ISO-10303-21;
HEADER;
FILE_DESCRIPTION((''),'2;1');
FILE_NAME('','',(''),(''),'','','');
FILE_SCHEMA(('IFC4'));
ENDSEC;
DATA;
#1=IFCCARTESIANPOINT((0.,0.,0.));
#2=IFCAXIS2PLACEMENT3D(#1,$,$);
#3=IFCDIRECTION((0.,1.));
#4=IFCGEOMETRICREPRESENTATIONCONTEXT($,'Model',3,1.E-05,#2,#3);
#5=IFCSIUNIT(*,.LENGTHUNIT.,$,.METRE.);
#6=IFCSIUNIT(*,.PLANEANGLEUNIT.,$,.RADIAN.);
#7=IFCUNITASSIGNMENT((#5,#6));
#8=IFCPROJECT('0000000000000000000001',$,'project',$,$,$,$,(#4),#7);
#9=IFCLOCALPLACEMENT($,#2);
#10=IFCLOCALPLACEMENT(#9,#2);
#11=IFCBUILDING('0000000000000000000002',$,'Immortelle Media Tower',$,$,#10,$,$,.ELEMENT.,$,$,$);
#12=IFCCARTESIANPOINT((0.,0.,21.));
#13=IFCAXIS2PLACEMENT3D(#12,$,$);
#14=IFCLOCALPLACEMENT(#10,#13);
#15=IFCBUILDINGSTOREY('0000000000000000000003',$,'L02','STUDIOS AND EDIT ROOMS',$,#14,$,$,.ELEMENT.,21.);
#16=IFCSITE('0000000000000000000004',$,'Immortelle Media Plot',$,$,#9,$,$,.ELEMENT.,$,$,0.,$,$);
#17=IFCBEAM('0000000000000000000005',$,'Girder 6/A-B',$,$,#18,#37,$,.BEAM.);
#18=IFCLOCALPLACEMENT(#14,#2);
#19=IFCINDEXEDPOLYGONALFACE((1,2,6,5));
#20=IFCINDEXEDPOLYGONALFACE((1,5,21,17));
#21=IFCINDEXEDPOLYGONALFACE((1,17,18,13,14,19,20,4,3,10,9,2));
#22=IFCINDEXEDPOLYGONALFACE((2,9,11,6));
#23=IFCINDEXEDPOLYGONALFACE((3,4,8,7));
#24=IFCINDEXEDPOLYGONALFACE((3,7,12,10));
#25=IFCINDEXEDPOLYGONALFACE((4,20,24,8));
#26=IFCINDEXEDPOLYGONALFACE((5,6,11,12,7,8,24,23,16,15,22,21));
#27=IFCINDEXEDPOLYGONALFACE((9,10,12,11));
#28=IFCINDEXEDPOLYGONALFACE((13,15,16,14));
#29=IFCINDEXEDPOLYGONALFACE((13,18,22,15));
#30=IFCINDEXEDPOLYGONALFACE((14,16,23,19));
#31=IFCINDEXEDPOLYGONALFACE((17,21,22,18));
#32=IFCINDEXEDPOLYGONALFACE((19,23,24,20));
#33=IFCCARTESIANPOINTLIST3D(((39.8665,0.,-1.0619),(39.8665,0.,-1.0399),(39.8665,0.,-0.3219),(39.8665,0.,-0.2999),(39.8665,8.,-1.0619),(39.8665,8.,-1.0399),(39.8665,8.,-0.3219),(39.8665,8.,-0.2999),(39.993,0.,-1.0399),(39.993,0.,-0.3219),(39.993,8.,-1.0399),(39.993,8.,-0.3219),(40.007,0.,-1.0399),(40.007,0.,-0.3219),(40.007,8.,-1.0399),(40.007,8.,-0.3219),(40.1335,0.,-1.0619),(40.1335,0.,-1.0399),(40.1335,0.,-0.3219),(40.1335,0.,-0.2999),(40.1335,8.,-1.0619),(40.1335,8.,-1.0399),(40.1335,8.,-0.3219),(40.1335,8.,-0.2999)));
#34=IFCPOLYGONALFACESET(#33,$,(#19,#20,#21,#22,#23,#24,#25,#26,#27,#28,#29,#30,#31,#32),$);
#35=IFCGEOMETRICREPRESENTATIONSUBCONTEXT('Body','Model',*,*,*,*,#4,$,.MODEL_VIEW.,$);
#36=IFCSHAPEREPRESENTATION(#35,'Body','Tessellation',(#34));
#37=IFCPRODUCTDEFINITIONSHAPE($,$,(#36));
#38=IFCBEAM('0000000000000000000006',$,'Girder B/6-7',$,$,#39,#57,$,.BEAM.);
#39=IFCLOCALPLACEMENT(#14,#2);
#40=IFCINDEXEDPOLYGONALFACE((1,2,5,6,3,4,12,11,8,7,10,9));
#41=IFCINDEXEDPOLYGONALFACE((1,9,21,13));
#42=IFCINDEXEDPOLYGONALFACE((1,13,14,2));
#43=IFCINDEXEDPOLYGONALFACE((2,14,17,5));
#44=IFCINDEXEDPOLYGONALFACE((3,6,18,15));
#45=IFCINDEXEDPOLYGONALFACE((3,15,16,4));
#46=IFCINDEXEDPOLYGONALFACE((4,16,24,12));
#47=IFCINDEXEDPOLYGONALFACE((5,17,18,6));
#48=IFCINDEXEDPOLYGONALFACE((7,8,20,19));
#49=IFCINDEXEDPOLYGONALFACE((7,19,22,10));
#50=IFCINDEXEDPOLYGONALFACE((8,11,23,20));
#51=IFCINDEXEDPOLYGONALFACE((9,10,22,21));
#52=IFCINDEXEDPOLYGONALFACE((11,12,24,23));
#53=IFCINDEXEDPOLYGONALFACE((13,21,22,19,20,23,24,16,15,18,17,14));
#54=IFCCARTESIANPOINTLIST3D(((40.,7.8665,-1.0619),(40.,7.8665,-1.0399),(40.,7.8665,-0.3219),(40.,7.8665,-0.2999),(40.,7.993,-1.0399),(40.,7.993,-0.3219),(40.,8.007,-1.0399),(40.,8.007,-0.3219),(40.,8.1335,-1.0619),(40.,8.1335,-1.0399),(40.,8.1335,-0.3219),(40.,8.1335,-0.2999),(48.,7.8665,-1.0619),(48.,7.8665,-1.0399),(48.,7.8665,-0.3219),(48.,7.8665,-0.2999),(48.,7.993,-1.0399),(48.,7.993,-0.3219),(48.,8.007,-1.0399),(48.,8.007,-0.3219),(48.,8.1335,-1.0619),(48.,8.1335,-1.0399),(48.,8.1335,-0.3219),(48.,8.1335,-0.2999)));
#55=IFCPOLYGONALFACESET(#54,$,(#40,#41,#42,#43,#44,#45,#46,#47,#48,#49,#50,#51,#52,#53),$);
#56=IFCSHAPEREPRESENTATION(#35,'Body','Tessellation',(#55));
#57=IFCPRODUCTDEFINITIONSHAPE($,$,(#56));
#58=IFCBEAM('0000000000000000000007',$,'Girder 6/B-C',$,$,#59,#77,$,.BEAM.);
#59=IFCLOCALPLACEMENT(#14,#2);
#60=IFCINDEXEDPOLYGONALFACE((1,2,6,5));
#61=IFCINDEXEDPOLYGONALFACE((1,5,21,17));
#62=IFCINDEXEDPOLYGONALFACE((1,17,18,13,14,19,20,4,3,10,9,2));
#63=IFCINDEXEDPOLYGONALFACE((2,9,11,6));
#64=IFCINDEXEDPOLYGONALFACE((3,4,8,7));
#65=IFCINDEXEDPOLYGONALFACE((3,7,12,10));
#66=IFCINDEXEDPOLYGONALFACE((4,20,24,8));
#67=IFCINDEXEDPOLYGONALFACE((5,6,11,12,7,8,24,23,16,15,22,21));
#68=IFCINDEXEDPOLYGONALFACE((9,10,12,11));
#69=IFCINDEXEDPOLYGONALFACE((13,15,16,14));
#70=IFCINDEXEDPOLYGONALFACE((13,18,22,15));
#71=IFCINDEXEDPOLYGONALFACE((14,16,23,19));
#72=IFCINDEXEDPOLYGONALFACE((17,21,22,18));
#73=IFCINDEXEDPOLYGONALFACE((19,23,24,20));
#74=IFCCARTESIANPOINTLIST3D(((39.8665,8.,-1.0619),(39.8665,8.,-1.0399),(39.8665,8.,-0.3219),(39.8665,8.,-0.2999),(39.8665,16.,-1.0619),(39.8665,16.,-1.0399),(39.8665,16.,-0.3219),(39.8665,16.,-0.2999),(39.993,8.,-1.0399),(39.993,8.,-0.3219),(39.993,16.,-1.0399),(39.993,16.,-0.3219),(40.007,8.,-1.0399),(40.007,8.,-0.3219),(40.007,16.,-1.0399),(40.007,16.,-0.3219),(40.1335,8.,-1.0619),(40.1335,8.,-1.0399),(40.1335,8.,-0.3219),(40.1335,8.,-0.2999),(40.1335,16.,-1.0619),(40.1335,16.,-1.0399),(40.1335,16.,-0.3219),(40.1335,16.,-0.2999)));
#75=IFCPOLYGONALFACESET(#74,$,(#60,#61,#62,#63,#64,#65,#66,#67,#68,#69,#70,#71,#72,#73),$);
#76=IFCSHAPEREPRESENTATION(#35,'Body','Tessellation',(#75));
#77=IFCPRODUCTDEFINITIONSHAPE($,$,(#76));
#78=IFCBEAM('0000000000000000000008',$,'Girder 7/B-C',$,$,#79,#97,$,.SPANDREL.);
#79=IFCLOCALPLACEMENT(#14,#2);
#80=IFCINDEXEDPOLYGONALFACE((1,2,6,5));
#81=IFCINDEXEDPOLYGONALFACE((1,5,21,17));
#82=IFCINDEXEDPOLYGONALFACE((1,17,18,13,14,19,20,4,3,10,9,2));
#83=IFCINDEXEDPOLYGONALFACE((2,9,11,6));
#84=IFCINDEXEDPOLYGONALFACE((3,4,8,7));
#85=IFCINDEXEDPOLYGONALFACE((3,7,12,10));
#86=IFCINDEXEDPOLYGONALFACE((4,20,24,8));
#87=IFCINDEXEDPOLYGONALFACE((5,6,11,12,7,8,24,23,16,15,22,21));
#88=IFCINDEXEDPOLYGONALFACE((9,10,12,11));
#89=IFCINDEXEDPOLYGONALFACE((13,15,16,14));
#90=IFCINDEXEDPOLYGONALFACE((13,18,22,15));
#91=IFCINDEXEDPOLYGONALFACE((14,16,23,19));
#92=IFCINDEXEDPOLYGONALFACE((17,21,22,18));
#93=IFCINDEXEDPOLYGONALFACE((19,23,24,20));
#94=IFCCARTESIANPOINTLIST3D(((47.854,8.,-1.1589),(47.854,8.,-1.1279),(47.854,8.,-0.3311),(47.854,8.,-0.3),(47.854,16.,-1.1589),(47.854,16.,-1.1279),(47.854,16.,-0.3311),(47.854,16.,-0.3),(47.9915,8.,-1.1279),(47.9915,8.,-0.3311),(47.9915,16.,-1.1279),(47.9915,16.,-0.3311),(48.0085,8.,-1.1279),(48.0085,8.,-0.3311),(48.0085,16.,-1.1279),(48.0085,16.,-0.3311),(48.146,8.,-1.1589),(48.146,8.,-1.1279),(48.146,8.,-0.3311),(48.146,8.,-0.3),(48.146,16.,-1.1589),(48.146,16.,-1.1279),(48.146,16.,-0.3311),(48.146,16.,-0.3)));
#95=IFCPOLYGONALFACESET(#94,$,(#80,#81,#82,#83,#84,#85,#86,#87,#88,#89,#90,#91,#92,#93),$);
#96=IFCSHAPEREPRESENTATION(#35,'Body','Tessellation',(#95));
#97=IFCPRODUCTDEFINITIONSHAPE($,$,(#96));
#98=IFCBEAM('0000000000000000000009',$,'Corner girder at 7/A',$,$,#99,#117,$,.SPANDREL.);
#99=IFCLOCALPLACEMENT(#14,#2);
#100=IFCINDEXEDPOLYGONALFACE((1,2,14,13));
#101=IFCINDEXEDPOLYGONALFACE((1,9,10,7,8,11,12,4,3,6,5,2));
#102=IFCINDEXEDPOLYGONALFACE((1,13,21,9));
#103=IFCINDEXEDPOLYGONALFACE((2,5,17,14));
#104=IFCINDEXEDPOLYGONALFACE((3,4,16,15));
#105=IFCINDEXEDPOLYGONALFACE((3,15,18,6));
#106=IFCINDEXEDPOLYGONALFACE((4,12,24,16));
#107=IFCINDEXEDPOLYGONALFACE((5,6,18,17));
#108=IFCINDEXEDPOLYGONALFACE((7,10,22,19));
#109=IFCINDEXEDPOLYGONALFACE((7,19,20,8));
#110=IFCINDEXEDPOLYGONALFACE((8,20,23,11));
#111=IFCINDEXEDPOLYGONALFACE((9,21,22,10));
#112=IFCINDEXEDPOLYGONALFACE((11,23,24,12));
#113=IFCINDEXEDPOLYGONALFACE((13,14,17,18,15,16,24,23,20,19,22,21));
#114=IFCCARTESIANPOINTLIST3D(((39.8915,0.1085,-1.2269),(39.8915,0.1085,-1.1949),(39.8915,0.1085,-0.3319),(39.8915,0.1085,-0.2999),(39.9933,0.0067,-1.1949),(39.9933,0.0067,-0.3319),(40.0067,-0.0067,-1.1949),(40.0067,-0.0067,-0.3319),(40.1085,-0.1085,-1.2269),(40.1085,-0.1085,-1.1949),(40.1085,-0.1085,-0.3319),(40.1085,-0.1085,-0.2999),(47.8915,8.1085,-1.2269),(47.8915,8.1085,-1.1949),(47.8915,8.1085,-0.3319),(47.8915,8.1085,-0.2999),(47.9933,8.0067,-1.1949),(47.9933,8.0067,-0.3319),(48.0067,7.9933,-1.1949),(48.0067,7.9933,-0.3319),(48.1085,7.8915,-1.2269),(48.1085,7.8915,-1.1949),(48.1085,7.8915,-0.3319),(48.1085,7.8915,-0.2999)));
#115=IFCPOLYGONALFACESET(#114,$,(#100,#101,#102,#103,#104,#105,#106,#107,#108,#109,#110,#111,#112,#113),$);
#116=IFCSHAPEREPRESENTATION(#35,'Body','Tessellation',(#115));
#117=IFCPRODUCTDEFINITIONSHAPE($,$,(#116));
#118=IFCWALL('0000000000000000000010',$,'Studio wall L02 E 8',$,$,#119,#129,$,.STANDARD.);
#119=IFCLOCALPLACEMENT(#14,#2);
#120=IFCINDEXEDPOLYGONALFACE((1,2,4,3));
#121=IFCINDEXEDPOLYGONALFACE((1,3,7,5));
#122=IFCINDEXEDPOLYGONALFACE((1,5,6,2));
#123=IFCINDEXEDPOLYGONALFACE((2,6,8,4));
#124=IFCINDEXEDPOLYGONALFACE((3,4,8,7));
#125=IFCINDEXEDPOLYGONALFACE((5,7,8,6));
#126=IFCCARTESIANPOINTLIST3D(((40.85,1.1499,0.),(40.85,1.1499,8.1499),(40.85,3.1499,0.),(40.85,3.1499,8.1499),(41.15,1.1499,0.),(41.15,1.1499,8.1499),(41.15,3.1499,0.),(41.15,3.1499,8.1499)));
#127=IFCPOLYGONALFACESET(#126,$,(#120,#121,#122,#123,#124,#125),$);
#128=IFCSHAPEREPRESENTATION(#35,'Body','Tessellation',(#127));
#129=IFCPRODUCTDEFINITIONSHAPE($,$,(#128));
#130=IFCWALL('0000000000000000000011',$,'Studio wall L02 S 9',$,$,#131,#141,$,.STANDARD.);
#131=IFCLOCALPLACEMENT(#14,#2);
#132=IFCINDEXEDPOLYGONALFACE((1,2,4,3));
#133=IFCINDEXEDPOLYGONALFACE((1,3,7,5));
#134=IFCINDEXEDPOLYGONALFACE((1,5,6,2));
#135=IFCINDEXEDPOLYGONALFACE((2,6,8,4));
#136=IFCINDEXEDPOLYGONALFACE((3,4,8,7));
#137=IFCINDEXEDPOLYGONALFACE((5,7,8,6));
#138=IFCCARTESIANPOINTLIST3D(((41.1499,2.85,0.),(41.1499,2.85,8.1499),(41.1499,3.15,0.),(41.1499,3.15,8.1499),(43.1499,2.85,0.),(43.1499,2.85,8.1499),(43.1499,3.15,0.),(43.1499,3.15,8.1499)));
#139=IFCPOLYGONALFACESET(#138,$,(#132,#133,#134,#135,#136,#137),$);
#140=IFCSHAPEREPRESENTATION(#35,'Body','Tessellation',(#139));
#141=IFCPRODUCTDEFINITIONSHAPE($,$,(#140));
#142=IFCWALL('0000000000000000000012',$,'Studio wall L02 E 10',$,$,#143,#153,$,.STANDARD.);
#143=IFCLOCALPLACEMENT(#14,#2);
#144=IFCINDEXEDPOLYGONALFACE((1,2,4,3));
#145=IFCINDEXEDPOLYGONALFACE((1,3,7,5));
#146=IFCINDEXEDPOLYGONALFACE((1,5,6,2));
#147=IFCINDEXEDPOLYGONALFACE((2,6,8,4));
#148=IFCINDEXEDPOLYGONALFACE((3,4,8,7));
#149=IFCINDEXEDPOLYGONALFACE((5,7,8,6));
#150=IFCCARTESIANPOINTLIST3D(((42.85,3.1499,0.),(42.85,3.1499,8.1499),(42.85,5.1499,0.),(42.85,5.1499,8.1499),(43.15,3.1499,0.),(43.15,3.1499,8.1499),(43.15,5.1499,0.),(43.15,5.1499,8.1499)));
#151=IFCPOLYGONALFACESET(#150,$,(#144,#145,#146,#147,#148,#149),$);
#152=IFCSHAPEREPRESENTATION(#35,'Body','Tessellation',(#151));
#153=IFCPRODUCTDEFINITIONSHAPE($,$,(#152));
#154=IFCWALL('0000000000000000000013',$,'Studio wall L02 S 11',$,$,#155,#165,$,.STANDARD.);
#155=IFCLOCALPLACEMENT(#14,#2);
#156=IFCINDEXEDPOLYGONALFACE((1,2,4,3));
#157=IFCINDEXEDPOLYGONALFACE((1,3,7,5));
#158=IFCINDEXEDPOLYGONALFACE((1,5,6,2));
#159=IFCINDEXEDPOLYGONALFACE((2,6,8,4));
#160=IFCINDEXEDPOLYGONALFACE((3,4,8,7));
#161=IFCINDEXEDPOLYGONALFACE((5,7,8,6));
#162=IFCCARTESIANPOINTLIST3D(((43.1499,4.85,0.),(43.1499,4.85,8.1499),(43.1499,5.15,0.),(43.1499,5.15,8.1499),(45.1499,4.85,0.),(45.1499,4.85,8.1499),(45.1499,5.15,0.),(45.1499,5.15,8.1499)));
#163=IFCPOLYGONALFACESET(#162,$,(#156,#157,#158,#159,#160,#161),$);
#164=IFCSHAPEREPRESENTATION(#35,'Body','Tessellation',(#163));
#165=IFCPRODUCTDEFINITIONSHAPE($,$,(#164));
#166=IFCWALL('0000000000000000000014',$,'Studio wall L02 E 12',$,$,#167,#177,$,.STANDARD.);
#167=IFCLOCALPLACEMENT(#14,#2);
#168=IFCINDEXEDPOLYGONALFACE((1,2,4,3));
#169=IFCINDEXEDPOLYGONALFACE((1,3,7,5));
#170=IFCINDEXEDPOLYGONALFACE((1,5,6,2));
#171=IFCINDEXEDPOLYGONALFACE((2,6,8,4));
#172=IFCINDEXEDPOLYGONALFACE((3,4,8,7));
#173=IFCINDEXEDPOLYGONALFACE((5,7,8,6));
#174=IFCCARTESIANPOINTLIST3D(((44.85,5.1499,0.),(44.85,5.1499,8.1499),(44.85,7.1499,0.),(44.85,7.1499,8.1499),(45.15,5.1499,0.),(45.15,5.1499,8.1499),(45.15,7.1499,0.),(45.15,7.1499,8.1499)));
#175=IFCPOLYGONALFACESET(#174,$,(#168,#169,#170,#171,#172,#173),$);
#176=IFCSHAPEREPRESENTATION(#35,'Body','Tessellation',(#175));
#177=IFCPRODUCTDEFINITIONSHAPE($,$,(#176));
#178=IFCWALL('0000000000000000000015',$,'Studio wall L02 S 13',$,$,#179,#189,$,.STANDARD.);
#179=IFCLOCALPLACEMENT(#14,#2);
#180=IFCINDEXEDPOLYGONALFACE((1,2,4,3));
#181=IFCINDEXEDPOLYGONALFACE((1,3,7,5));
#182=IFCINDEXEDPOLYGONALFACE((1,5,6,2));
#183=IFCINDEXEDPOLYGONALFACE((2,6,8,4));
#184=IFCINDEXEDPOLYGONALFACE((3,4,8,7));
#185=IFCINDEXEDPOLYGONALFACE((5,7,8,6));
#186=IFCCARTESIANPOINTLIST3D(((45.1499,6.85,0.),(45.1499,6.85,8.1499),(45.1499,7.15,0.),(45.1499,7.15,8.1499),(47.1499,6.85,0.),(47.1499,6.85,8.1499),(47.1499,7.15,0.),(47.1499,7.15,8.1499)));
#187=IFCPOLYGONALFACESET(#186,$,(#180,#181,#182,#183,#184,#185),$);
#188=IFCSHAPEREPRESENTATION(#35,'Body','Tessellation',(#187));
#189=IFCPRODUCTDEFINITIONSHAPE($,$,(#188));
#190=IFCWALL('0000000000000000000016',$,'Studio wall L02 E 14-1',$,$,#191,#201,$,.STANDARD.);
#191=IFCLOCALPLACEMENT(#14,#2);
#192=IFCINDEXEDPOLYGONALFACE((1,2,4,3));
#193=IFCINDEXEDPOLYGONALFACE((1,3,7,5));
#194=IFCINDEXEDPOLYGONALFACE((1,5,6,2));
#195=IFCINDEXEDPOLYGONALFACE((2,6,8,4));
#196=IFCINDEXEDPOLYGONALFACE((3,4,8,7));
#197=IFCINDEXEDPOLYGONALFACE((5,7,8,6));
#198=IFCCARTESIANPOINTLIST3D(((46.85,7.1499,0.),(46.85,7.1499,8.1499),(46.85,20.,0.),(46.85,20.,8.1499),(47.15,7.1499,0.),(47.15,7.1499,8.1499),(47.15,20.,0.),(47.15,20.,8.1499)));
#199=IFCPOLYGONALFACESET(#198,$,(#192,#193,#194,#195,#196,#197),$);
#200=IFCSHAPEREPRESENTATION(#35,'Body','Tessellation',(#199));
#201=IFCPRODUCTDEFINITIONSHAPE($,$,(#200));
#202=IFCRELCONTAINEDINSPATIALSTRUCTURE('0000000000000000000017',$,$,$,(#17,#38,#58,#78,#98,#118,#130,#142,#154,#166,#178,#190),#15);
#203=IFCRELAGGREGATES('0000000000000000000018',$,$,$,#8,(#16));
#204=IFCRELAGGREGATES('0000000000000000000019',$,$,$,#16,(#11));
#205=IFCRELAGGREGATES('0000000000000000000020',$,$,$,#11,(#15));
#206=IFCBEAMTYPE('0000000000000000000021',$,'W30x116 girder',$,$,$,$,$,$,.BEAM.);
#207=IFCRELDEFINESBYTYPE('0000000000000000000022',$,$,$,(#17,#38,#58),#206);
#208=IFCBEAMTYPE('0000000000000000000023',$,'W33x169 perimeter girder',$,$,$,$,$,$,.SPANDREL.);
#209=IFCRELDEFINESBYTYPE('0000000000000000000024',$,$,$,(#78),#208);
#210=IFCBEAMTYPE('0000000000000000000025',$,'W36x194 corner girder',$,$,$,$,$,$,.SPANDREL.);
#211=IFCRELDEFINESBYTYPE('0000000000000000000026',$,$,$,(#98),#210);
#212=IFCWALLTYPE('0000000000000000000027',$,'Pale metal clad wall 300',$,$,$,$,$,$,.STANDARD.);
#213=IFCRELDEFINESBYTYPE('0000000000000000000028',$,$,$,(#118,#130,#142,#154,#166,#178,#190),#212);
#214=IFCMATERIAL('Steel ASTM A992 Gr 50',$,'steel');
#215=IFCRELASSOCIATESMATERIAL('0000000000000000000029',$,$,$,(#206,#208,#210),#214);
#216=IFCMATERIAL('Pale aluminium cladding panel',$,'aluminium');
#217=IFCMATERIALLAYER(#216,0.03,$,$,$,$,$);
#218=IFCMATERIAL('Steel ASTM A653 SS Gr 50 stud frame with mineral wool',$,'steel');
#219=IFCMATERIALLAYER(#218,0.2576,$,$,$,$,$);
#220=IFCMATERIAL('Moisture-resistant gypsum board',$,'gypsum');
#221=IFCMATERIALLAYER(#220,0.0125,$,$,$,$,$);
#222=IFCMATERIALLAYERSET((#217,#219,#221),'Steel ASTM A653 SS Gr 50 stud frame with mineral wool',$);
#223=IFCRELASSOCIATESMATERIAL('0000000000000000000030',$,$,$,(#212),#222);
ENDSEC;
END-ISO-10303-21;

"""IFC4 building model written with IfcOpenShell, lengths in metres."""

from ifc_helpers import new_model, si_unit, direction, frame, frame_2d, origin, origin_2d, place, context, subcontext, project, spatial, rectangle, i_section, extrude, material, layer, layer_set, material_profile, profile_set, type_object, element, save


model = new_model("IFC4")

# Units and contexts
model_context = context("Model", 3, precision=1e-05, world=origin(), true_north=direction((0.0, 1.0)))
body_context = subcontext(model_context, "Body", "Model", "MODEL_VIEW")
ifc_project = project(units=[si_unit("LENGTHUNIT", "METRE"), si_unit("PLANEANGLEUNIT", "RADIAN")], contexts=[model_context])

# Site, building, storey
site_placement = place(None, origin())
site = spatial("IfcSite", under=ifc_project, at=site_placement, Name="Immortelle Media Plot", CompositionType="ELEMENT", RefElevation=0.0)
building_placement = place(site_placement, origin())
building = spatial("IfcBuilding", under=site, at=building_placement, Name="Immortelle Media Tower", CompositionType="ELEMENT")
storey_placement = place(building_placement, frame((0.0, 0.0, 21.0)))
storey = spatial("IfcBuildingStorey", under=building, at=storey_placement, Name="L02", Description="STUDIOS AND EDIT ROOMS", CompositionType="ELEMENT", Elevation=21.0)

# Shared definitions
ifc_material_1 = material(Name="Steel ASTM A992 Gr 50", Category="steel")

# Beams
ifc_material_profile_1 = material_profile(ifc_material_1, i_section(OverallWidth=0.2671, OverallDepth=0.762, WebThickness=0.0139, FlangeThickness=0.022, at=origin_2d()), Name="W30x116")
ifc_profile_set_1 = profile_set([ifc_material_profile_1], Name="Steel ASTM A992 Gr 50")
beam_type_1 = type_object("IfcBeamType", Name="W30x116 girder", PredefinedType="BEAM", material=ifc_profile_set_1)
for number, where, z_axis, x_axis, name in (
    (1, (40.0, 0.0, -0.6809), (0.0, 1.0, 0.0), (-1.0, 0.0, 0.0), "Girder 6/A-B"),
    (2, (40.0, 8.0, -0.6809), (1.0, 0.0, 0.0), (0.0, 1.0, 0.0), "Girder B/6-7"),
    (3, (40.0, 8.0, -0.6809), (0.0, 1.0, 0.0), (-1.0, 0.0, 0.0), "Girder 6/B-C"),
):
    element("IfcBeam", number, at=place(storey_placement, frame(where, z_axis=z_axis, x_axis=x_axis)), inside=storey, type_object=beam_type_1, Name=name, PredefinedType="BEAM", context=body_context, shape_type="SweptSolid", body=[
        extrude(i_section(OverallWidth=0.2671, OverallDepth=0.762, WebThickness=0.0139, FlangeThickness=0.022, at=origin_2d()), origin(), (0.0, 0.0, 1.0), 8.0),
    ])
ifc_material_profile_2 = material_profile(ifc_material_1, i_section(OverallWidth=0.292, OverallDepth=0.8589, WebThickness=0.0171, FlangeThickness=0.031, at=origin_2d()), Name="W33x169")
ifc_profile_set_2 = profile_set([ifc_material_profile_2], Name="Steel ASTM A992 Gr 50")
beam_type_2 = type_object("IfcBeamType", Name="W33x169 perimeter girder", PredefinedType="SPANDREL", material=ifc_profile_set_2)
beam_1_placement = place(storey_placement, frame((48.0, 8.0, -0.7295), z_axis=(0.0, 1.0, 0.0), x_axis=(-1.0, 0.0, 0.0)))
element("IfcBeam", 4, at=beam_1_placement, inside=storey, type_object=beam_type_2, Name="Girder 7/B-C", PredefinedType="SPANDREL", context=body_context, shape_type="SweptSolid", body=[
    extrude(i_section(OverallWidth=0.292, OverallDepth=0.8589, WebThickness=0.0171, FlangeThickness=0.031, at=origin_2d()), origin(), (0.0, 0.0, 1.0), 8.0),
])
ifc_material_profile_3 = material_profile(ifc_material_1, i_section(OverallWidth=0.3069, OverallDepth=0.927, WebThickness=0.019, FlangeThickness=0.032, at=origin_2d()), Name="W36x194")
ifc_profile_set_3 = profile_set([ifc_material_profile_3], Name="Steel ASTM A992 Gr 50")
beam_type_3 = type_object("IfcBeamType", Name="W36x194 corner girder", PredefinedType="SPANDREL", material=ifc_profile_set_3)
beam_2_placement = place(storey_placement, frame((48.0, 8.0, -0.7634), z_axis=(-0.707107, -0.707107, 0.0), x_axis=(0.707107, -0.707107, 0.0)))
element("IfcBeam", 5, at=beam_2_placement, inside=storey, type_object=beam_type_3, Name="Corner girder at 7/A", PredefinedType="SPANDREL", context=body_context, shape_type="SweptSolid", body=[
    extrude(i_section(OverallWidth=0.3069, OverallDepth=0.927, WebThickness=0.019, FlangeThickness=0.032, at=origin_2d()), origin(), (0.0, 0.0, 1.0), 11.3137),
])

# Walls
ifc_material_2 = material(Name="Pale aluminium cladding panel", Category="aluminium")
ifc_layer_1 = layer(ifc_material_2, 0.03)
ifc_material_3 = material(Name="Steel ASTM A653 SS Gr 50 stud frame with mineral wool", Category="steel")
ifc_layer_2 = layer(ifc_material_3, 0.2576)
ifc_material_4 = material(Name="Moisture-resistant gypsum board", Category="gypsum")
ifc_layer_3 = layer(ifc_material_4, 0.0125)
ifc_layer_set_1 = layer_set([ifc_layer_1, ifc_layer_2, ifc_layer_3], Name="Steel ASTM A653 SS Gr 50 stud frame with mineral wool")
wall_type_1 = type_object("IfcWallType", Name="Pale metal clad wall 300", PredefinedType="STANDARD", material=ifc_layer_set_1)
for number, where, z_axis, x_axis, name in (
    (6, (41.0, 1.1499, 0.0), (0.0, 0.0, 1.0), (0.0, 1.0, 0.0), "Studio wall L02 E 8"),
    (7, (41.1499, 3.0, 0.0), (0.0, 0.0, 1.0), (1.0, 0.0, 0.0), "Studio wall L02 S 9"),
    (8, (43.0, 3.1499, 0.0), (0.0, 0.0, 1.0), (0.0, 1.0, 0.0), "Studio wall L02 E 10"),
    (9, (43.1499, 5.0, 0.0), (0.0, 0.0, 1.0), (1.0, 0.0, 0.0), "Studio wall L02 S 11"),
    (10, (45.0, 5.1499, 0.0), (0.0, 0.0, 1.0), (0.0, 1.0, 0.0), "Studio wall L02 E 12"),
    (11, (45.1499, 7.0, 0.0), (0.0, 0.0, 1.0), (1.0, 0.0, 0.0), "Studio wall L02 S 13"),
):
    element("IfcWall", number, at=place(storey_placement, frame(where, z_axis=z_axis, x_axis=x_axis)), inside=storey, type_object=wall_type_1, Name=name, PredefinedType="STANDARD", context=body_context, shape_type="SweptSolid", body=[
        extrude(rectangle(XDim=2.0, YDim=0.3, at=frame_2d((1.0, 0.0))), origin(), (0.0, 0.0, 1.0), 8.1499),
    ])
wall_placement = place(storey_placement, frame((47.0, 7.1499, 0.0), z_axis=(0.0, 0.0, 1.0), x_axis=(0.0, 1.0, 0.0)))
element("IfcWall", 12, at=wall_placement, inside=storey, type_object=wall_type_1, Name="Studio wall L02 E 14-1", PredefinedType="STANDARD", context=body_context, shape_type="SweptSolid", body=[
    extrude(rectangle(XDim=12.8501, YDim=0.3, at=frame_2d((6.425, 0.0))), origin(), (0.0, 0.0, 1.0), 8.1499),
])

save(model, "model.ifc")
